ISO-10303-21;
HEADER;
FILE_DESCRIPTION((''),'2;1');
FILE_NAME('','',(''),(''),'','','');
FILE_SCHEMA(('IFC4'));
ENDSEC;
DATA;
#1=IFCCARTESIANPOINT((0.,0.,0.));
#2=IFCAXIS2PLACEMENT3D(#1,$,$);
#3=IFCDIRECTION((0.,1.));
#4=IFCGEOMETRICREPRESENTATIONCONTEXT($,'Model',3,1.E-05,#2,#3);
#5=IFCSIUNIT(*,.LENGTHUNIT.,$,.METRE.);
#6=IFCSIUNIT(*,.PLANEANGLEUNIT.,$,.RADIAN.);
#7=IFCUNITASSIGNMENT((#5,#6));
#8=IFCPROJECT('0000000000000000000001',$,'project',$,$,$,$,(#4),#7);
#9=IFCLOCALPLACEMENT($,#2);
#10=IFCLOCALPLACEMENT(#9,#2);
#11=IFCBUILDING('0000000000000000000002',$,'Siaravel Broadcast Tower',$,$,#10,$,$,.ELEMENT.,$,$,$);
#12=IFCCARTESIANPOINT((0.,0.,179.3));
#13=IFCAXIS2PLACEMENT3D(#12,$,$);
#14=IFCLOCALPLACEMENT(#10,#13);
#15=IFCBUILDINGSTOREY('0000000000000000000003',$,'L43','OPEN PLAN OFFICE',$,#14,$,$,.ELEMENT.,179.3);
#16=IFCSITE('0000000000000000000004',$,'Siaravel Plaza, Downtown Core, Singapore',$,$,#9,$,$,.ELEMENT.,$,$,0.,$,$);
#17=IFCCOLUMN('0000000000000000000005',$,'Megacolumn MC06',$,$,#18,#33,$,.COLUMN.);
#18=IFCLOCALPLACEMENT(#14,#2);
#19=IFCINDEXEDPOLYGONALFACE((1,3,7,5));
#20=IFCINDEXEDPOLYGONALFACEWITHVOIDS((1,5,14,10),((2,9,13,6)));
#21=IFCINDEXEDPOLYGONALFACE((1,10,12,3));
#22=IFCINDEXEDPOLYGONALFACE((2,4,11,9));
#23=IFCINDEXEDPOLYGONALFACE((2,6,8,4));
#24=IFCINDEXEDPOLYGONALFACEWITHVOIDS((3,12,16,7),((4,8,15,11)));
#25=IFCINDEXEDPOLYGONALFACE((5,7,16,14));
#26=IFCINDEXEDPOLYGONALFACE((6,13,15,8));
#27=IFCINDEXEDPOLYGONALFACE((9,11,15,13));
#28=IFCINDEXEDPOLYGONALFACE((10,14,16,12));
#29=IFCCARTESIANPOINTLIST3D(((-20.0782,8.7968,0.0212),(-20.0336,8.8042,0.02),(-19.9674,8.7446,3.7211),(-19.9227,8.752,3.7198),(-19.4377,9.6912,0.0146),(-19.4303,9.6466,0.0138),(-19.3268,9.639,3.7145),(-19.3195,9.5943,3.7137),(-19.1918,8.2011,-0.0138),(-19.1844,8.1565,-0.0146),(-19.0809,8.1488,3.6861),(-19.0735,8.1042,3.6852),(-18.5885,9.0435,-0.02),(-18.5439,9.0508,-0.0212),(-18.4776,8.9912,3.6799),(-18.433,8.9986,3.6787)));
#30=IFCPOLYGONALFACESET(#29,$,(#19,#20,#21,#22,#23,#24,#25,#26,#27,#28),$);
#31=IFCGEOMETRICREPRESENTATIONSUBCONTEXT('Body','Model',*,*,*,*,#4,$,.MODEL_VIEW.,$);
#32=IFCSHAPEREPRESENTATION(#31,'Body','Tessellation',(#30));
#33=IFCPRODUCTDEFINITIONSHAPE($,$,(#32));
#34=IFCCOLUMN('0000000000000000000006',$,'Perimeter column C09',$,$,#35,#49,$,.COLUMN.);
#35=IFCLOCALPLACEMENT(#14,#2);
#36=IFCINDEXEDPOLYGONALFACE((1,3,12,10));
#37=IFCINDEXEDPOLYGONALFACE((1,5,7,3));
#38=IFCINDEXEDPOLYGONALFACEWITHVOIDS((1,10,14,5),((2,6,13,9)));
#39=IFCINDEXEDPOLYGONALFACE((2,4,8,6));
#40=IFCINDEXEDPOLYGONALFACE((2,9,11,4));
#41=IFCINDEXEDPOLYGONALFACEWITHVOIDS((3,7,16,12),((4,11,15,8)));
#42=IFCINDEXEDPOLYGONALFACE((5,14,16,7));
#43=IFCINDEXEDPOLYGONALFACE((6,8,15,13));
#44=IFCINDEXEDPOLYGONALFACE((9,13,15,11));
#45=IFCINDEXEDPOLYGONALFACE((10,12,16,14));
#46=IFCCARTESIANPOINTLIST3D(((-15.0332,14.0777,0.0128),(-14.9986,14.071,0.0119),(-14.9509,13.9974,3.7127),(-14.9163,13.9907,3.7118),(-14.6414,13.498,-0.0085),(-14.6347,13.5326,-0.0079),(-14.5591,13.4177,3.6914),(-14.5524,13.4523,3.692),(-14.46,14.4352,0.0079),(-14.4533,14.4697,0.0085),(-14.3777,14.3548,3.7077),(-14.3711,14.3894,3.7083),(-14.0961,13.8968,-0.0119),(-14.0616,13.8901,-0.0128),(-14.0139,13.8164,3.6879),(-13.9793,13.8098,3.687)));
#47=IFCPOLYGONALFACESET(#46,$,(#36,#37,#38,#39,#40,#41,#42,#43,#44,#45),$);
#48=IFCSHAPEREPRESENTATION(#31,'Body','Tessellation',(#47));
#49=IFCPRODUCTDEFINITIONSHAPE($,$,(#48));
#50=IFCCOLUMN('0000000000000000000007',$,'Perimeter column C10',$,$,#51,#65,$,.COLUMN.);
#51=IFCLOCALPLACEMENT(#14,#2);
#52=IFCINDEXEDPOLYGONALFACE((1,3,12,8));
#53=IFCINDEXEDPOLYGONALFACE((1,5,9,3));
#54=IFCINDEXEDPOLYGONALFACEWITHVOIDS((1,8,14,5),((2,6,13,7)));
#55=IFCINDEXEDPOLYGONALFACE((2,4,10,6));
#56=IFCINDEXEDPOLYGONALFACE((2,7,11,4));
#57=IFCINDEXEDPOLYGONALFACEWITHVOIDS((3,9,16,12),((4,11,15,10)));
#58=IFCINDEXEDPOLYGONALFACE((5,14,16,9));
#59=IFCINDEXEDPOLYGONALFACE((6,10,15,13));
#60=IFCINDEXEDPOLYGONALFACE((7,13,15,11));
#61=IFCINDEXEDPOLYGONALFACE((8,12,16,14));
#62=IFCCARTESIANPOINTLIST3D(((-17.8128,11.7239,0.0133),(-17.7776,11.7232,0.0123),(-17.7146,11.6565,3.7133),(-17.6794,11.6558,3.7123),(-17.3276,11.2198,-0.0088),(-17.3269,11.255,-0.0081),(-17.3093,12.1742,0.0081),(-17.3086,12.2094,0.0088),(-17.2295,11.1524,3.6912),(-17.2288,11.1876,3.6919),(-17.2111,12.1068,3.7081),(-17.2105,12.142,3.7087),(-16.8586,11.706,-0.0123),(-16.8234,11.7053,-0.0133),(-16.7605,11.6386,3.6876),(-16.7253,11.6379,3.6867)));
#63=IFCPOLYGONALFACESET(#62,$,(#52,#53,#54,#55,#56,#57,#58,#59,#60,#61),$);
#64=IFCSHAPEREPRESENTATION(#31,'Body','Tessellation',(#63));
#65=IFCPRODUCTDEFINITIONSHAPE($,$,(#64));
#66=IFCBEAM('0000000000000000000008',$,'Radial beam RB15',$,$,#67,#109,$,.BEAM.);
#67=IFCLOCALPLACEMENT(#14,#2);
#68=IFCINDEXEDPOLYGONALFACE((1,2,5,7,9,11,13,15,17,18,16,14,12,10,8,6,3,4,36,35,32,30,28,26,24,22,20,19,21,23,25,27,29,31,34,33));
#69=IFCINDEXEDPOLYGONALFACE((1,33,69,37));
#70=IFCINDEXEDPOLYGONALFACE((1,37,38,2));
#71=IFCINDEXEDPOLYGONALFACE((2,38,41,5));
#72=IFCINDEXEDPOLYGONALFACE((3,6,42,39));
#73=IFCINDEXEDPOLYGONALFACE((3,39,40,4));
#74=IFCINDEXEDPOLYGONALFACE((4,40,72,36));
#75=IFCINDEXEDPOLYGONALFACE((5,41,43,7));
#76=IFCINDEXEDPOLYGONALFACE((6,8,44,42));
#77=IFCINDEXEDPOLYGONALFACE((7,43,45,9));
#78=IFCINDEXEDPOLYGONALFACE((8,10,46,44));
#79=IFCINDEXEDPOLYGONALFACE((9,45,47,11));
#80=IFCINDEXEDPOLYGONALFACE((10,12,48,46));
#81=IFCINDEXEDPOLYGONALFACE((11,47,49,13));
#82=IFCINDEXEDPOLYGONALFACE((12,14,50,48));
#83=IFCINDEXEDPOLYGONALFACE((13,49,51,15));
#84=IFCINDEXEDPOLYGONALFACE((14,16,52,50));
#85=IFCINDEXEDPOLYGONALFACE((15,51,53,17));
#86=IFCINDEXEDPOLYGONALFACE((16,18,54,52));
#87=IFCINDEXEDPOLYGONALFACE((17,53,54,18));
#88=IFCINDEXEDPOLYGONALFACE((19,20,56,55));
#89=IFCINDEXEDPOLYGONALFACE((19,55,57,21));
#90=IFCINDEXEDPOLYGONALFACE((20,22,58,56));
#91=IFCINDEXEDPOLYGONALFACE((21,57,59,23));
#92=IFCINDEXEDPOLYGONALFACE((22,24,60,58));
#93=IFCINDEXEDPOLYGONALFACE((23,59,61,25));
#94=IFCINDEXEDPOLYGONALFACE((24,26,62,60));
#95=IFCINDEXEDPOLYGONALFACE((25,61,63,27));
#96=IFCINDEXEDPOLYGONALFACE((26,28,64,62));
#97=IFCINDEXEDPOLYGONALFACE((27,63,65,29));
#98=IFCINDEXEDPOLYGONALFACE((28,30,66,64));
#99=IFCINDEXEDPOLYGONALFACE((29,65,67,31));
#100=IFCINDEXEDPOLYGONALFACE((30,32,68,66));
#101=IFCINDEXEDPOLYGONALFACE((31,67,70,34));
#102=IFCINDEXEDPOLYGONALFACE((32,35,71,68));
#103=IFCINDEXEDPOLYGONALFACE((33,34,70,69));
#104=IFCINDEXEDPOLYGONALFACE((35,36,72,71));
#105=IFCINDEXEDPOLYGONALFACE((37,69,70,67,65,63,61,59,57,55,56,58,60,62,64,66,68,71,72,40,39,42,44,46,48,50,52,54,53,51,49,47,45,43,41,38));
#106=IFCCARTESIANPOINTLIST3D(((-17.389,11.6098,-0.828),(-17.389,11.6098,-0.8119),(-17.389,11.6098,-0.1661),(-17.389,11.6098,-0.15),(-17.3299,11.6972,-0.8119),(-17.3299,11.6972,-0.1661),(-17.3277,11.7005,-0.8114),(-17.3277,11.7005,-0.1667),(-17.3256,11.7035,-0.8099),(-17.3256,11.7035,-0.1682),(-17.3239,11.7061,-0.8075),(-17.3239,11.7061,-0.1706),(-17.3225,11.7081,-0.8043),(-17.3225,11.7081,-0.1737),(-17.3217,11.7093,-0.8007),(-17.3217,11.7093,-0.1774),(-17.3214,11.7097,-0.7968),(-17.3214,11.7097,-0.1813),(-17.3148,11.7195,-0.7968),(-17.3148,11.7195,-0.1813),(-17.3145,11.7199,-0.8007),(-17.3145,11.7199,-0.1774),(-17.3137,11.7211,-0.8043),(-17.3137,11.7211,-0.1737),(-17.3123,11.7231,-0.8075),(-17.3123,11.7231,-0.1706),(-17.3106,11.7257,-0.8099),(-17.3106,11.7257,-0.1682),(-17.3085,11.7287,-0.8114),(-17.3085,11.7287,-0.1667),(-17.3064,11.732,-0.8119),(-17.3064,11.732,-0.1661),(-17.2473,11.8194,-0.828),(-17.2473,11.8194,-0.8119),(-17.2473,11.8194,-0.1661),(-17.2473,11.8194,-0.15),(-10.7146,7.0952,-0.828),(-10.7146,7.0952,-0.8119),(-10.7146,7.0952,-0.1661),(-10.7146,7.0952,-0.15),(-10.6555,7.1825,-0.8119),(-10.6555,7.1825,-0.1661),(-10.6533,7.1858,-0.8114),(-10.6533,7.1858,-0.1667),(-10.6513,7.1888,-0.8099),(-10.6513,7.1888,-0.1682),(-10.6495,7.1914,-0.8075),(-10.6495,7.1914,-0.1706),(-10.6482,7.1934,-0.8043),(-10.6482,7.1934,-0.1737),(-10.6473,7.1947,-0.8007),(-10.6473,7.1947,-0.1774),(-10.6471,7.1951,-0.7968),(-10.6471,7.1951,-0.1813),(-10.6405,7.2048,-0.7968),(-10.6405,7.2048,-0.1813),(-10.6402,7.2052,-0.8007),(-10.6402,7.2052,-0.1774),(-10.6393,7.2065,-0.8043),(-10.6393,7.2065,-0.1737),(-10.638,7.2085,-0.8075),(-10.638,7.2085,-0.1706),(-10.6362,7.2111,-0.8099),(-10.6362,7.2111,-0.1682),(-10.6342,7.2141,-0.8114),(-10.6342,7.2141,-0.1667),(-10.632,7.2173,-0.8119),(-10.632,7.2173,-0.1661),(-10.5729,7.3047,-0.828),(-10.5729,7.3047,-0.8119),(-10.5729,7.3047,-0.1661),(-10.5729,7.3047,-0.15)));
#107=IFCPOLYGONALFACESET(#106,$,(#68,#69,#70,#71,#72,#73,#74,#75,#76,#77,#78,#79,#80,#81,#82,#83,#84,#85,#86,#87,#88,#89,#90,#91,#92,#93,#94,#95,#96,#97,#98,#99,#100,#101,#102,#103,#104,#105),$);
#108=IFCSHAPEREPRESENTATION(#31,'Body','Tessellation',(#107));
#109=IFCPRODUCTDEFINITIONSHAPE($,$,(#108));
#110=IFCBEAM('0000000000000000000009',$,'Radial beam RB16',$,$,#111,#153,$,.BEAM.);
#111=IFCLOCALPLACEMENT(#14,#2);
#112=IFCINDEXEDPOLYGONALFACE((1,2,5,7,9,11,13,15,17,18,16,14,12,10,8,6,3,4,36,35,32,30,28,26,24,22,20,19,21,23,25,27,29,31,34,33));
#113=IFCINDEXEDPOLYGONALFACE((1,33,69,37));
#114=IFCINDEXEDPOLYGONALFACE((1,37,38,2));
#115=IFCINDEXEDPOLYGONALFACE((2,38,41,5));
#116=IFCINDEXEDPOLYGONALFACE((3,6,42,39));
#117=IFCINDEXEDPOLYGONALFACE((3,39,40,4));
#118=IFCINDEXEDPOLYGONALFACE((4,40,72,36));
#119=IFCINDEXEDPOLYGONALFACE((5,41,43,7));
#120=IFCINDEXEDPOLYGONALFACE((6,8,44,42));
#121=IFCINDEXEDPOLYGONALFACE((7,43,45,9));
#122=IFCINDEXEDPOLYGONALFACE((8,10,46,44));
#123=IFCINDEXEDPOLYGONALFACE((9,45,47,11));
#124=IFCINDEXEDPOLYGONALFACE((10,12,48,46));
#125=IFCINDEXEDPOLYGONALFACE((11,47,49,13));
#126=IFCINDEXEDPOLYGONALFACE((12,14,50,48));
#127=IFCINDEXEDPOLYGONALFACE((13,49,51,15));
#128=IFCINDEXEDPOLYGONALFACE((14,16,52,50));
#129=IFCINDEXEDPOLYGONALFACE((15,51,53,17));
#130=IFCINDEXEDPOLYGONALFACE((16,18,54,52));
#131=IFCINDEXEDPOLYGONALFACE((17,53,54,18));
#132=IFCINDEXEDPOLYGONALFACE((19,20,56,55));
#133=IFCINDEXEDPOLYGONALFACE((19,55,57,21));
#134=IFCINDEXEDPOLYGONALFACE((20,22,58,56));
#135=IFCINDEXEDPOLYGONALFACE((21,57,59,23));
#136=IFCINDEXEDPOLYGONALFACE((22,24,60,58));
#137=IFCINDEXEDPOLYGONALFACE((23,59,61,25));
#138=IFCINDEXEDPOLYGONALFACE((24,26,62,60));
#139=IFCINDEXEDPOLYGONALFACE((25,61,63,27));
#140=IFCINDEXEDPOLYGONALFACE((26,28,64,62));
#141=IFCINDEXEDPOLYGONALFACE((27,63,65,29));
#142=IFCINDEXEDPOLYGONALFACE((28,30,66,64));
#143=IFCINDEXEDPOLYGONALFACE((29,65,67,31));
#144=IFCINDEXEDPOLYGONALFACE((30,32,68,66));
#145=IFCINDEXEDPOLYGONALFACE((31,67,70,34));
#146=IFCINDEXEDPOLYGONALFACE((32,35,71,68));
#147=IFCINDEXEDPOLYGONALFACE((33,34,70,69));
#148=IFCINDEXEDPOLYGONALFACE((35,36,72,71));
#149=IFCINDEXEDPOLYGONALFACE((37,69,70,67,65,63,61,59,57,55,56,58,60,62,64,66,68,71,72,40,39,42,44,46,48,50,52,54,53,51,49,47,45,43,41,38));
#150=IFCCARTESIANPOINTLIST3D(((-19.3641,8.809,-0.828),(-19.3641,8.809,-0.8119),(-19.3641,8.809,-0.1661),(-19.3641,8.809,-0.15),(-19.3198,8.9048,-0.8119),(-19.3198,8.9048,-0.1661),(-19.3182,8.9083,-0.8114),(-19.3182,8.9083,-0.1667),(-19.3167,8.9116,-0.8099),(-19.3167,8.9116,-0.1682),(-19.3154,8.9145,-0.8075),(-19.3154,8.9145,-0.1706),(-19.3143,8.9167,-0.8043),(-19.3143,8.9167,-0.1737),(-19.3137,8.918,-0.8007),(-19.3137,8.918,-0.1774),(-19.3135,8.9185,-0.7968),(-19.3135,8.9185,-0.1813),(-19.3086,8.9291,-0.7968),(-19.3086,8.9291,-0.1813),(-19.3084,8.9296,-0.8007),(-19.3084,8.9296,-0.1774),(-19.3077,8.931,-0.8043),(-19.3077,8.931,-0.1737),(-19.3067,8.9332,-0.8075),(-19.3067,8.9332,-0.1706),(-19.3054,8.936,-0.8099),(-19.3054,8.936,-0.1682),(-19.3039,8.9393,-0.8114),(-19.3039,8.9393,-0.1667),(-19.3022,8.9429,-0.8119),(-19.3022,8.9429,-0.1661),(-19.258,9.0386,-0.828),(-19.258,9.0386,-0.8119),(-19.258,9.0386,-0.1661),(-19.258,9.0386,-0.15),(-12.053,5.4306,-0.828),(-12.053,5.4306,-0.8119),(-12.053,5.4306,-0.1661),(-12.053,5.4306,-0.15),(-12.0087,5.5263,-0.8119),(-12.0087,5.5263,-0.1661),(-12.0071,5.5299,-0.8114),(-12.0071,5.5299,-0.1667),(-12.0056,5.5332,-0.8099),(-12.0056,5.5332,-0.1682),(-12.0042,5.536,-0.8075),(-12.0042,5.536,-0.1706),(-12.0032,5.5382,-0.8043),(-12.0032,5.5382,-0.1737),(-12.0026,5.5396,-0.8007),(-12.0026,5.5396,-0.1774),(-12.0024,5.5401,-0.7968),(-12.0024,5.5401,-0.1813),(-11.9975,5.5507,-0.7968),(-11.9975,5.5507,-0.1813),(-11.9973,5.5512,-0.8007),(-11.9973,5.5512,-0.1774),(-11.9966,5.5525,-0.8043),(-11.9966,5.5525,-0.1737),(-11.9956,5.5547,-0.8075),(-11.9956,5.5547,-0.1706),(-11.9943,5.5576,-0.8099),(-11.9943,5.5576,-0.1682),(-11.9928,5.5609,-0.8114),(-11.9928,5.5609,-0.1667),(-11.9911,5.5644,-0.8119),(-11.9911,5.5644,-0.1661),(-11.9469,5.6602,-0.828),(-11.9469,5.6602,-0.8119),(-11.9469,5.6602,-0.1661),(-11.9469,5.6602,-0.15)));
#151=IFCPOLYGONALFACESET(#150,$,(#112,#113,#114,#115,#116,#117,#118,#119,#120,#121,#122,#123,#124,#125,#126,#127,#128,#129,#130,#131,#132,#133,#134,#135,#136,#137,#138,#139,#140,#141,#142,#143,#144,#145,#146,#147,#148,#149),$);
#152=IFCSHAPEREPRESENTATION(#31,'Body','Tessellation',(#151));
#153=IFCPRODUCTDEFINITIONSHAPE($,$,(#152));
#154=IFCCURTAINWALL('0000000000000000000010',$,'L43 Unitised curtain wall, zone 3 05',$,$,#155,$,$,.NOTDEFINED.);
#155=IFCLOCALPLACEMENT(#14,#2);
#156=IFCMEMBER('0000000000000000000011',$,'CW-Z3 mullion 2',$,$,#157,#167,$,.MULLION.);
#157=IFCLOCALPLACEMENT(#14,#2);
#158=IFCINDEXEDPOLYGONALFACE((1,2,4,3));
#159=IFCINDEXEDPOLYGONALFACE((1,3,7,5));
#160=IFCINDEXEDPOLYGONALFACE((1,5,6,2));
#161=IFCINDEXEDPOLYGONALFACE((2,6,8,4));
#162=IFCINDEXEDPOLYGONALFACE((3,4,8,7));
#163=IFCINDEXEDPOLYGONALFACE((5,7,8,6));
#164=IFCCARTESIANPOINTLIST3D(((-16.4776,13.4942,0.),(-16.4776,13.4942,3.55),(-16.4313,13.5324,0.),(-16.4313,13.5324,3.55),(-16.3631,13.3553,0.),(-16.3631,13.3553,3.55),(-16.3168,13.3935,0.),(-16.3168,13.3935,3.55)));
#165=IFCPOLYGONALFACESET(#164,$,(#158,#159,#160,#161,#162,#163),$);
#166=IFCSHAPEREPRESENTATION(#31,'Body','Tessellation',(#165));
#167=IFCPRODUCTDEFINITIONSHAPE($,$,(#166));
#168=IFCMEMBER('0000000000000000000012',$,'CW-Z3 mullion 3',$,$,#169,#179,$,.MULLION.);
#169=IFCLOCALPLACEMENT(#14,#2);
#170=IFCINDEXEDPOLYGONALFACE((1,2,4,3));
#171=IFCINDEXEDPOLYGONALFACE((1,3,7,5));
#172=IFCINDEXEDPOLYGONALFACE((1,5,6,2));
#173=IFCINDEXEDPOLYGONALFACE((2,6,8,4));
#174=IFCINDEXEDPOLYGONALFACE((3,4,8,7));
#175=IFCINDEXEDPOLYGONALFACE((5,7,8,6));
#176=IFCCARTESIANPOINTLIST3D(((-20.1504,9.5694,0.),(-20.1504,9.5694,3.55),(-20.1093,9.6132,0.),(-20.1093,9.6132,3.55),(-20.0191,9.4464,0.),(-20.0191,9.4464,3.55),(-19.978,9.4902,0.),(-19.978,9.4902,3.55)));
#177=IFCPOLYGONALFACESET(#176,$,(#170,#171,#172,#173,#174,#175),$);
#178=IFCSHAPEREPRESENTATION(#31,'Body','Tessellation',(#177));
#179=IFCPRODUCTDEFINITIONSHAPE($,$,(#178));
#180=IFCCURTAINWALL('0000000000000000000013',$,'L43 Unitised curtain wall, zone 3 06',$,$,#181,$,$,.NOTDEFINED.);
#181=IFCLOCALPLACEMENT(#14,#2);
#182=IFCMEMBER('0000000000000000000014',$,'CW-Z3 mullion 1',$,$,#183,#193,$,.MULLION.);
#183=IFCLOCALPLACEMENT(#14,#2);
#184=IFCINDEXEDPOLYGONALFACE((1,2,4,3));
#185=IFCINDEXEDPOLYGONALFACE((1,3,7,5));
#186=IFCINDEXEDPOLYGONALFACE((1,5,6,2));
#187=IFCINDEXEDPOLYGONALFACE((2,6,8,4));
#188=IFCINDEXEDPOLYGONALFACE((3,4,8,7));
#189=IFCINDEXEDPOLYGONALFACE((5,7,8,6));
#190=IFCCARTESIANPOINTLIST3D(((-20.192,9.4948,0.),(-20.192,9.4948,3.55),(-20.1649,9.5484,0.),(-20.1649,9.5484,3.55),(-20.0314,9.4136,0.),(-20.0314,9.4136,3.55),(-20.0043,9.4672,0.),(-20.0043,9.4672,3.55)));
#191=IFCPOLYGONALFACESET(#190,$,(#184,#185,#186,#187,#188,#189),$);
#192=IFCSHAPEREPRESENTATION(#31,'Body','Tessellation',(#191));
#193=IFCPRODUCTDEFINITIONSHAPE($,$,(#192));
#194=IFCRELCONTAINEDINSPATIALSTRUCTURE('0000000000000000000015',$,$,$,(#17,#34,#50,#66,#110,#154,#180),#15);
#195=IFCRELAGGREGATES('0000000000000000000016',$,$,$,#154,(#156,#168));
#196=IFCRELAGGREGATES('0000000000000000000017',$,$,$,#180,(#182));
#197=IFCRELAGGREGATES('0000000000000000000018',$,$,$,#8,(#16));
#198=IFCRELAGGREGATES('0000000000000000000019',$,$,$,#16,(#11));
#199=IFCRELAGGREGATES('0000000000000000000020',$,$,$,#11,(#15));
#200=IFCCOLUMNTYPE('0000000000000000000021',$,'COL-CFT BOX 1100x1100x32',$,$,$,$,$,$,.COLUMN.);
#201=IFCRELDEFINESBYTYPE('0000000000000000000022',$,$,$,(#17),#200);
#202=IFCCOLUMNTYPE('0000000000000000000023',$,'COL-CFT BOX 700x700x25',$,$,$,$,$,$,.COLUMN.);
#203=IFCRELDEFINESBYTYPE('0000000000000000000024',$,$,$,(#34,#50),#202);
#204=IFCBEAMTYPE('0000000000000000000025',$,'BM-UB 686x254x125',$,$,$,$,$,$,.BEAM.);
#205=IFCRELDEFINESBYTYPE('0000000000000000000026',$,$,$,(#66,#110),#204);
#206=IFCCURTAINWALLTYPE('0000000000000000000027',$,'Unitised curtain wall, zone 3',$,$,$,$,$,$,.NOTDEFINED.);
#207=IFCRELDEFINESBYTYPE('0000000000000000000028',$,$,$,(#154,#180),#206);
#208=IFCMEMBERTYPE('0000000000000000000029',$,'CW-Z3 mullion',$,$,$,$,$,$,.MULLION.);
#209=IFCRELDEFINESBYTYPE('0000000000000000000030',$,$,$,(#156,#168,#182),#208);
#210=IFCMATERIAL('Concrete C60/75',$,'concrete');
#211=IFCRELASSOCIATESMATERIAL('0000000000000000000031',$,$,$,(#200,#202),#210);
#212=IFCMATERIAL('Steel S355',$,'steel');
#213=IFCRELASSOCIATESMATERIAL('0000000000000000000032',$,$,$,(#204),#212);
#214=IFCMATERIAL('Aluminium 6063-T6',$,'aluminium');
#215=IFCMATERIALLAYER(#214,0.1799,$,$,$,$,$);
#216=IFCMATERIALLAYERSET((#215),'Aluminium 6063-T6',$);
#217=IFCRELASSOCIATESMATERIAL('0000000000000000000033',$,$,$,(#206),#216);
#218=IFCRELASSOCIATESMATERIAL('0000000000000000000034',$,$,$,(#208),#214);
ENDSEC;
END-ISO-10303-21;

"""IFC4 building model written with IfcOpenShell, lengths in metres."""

from ifc_helpers import new_model, si_unit, direction, frame, origin, origin_2d, place, context, subcontext, project, spatial, rectangle, hollow_rectangle, i_section, extrude, material, layer, layer_set, material_profile, profile_set, type_object, element, aggregate, save


model = new_model("IFC4")

# Units and contexts
model_context = context("Model", 3, precision=1e-05, world=origin(), true_north=direction((0.0, 1.0)))
body_context = subcontext(model_context, "Body", "Model", "MODEL_VIEW")
ifc_project = project(units=[si_unit("LENGTHUNIT", "METRE"), si_unit("PLANEANGLEUNIT", "RADIAN")], contexts=[model_context])

# Site, building, storey
site_placement = place(None, origin())
site = spatial("IfcSite", under=ifc_project, at=site_placement, Name="Siaravel Plaza, Downtown Core, Singapore", CompositionType="ELEMENT", RefElevation=0.0)
building_placement = place(site_placement, origin())
building = spatial("IfcBuilding", under=site, at=building_placement, Name="Siaravel Broadcast Tower", CompositionType="ELEMENT")
storey_placement = place(building_placement, frame((0.0, 0.0, 179.3)))
storey = spatial("IfcBuildingStorey", under=building, at=storey_placement, Name="L43", Description="OPEN PLAN OFFICE", CompositionType="ELEMENT", Elevation=179.3)

# Columns
ifc_material_1 = material(Name="Concrete C60/75", Category="concrete")
ifc_material_profile_1 = material_profile(ifc_material_1, hollow_rectangle(XDim=1.1001, YDim=1.1001, WallThickness=0.032, at=origin_2d()))
ifc_profile_set_1 = profile_set([ifc_material_profile_1], Name="Concrete C60/75")
column_type_1 = type_object("IfcColumnType", Name="COL-CFT BOX 1100x1100x32", PredefinedType="COLUMN", material=ifc_profile_set_1)
column_1_placement = place(storey_placement, frame((-19.311, 8.9238, 0.0), z_axis=(0.029941, -0.014113, 0.999452), x_axis=(0.582226, 0.813005, -0.005962)))
element("IfcColumn", 1, at=column_1_placement, inside=storey, type_object=column_type_1, Name="Megacolumn MC06", PredefinedType="COLUMN", context=body_context, shape_type="SweptSolid", body=[
    extrude(hollow_rectangle(XDim=1.1001, YDim=1.1001, WallThickness=0.032, at=origin_2d()), origin(), (0.0, 0.0, 1.0), 3.7019),
])
ifc_material_profile_2 = material_profile(ifc_material_1, hollow_rectangle(XDim=0.7, YDim=0.7, WallThickness=0.0249, at=origin_2d()))
ifc_profile_set_2 = profile_set([ifc_material_profile_2], Name="Concrete C60/75")
column_type_2 = type_object("IfcColumnType", Name="COL-CFT BOX 700x700x25", PredefinedType="COLUMN", material=ifc_profile_set_2)
column_2_placement = place(storey_placement, frame((-14.5474, 13.9839, 0.0), z_axis=(0.022226, -0.021699, 0.999517), x_axis=(0.828399, 0.560103, -0.006262)))
element("IfcColumn", 2, at=column_2_placement, inside=storey, type_object=column_type_2, Name="Perimeter column C09", PredefinedType="COLUMN", context=body_context, shape_type="SweptSolid", body=[
    extrude(hollow_rectangle(XDim=0.7, YDim=0.7, WallThickness=0.0249, at=origin_2d()), origin(), (0.0, 0.0, 1.0), 3.7017),
])
column_3_placement = place(storey_placement, frame((-17.3181, 11.7146, 0.0), z_axis=(0.026512, -0.018202, 0.999483), x_axis=(0.720311, 0.693622, -0.006475)))
element("IfcColumn", 3, at=column_3_placement, inside=storey, type_object=column_type_2, Name="Perimeter column C10", PredefinedType="COLUMN", context=body_context, shape_type="SweptSolid", body=[
    extrude(hollow_rectangle(XDim=0.7, YDim=0.7, WallThickness=0.0249, at=origin_2d()), origin(), (0.0, 0.0, 1.0), 3.7019),
])

# Beams
ifc_material_2 = material(Name="Steel S355", Category="steel")
ifc_material_profile_3 = material_profile(ifc_material_2, i_section(OverallWidth=0.2529, OverallDepth=0.678, WebThickness=0.0117, FlangeThickness=0.0161, FilletRadius=0.0151, at=origin_2d()))
ifc_profile_set_3 = profile_set([ifc_material_profile_3], Name="Steel S355")
beam_type = type_object("IfcBeamType", Name="BM-UB 686x254x125", PredefinedType="BEAM", material=ifc_profile_set_3)
beam_1_placement = place(storey_placement, frame((-17.3181, 11.7146, -0.489), z_axis=(0.828302, -0.560281, 0.0), x_axis=(0.560281, 0.828302, 0.0)))
element("IfcBeam", 4, at=beam_1_placement, inside=storey, type_object=beam_type, Name="Radial beam RB15", PredefinedType="BEAM", context=body_context, shape_type="SweptSolid", body=[
    extrude(i_section(OverallWidth=0.2529, OverallDepth=0.678, WebThickness=0.0117, FlangeThickness=0.0161, FilletRadius=0.0151, at=origin_2d()), origin(), (0.0, 0.0, 1.0), 8.0579),
])
beam_2_placement = place(storey_placement, frame((-19.311, 8.9238, -0.489), z_axis=(0.907766, -0.419477, 0.0), x_axis=(0.419477, 0.907766, 0.0)))
element("IfcBeam", 5, at=beam_2_placement, inside=storey, type_object=beam_type, Name="Radial beam RB16", PredefinedType="BEAM", context=body_context, shape_type="SweptSolid", body=[
    extrude(i_section(OverallWidth=0.2529, OverallDepth=0.678, WebThickness=0.0117, FlangeThickness=0.0161, FilletRadius=0.0151, at=origin_2d()), origin(), (0.0, 0.0, 1.0), 8.054),
])

# Curtain wall, members
ifc_material_3 = material(Name="Aluminium 6063-T6", Category="aluminium")
ifc_layer_1 = layer(ifc_material_3, 0.1799)
ifc_layer_set_1 = layer_set([ifc_layer_1], Name="Aluminium 6063-T6")
curtain_wall_type = type_object("IfcCurtainWallType", Name="Unitised curtain wall, zone 3", PredefinedType="NOTDEFINED", material=ifc_layer_set_1)
curtain_wall_1_placement = place(storey_placement, origin())
curtain_wall_1 = element("IfcCurtainWall", 6, at=curtain_wall_1_placement, inside=storey, type_object=curtain_wall_type, Name="L43 Unitised curtain wall, zone 3 05", PredefinedType="NOTDEFINED")
ifc_material_profile_4 = material_profile(ifc_material_3, rectangle(XDim=0.1799, YDim=0.0601, at=origin_2d()))
ifc_profile_set_4 = profile_set([ifc_material_profile_4], Name="Aluminium 6063-T6")
member_type_1 = type_object("IfcMemberType", Name="CW-Z3 mullion", PredefinedType="MULLION", material=ifc_profile_set_4)
member_1_placement = place(storey_placement, frame((-16.3972, 13.4438, 0.0), z_axis=(0.0, 0.0, 1.0), x_axis=(0.636218, -0.771509, 0.0)))
member_1 = element("IfcMember", 7, at=member_1_placement, type_object=member_type_1, Name="CW-Z3 mullion 2", PredefinedType="MULLION", context=body_context, shape_type="SweptSolid", body=[
    extrude(rectangle(XDim=0.1799, YDim=0.0601, at=origin_2d()), origin(), (0.0, 0.0, 1.0), 3.55),
])
member_2_placement = place(storey_placement, frame((-20.0642, 9.5298, 0.0), z_axis=(0.0, 0.0, 1.0), x_axis=(0.729805, -0.683655, 0.0)))
member_2 = element("IfcMember", 8, at=member_2_placement, type_object=member_type_1, Name="CW-Z3 mullion 3", PredefinedType="MULLION", context=body_context, shape_type="SweptSolid", body=[
    extrude(rectangle(XDim=0.1799, YDim=0.0601, at=origin_2d()), origin(), (0.0, 0.0, 1.0), 3.55),
])

# Curtain wall, member
curtain_wall_2_placement = place(storey_placement, origin())
curtain_wall_2 = element("IfcCurtainWall", 9, at=curtain_wall_2_placement, inside=storey, type_object=curtain_wall_type, Name="L43 Unitised curtain wall, zone 3 06", PredefinedType="NOTDEFINED")
member_3_placement = place(storey_placement, frame((-20.0981, 9.481, 0.0), z_axis=(0.0, 0.0, 1.0), x_axis=(0.892392, -0.451261, 0.0)))
member_3 = element("IfcMember", 10, at=member_3_placement, type_object=member_type_1, Name="CW-Z3 mullion 1", PredefinedType="MULLION", context=body_context, shape_type="SweptSolid", body=[
    extrude(rectangle(XDim=0.1799, YDim=0.0601, at=origin_2d()), origin(), (0.0, 0.0, 1.0), 3.55),
])

aggregate(curtain_wall_1, [member_1, member_2])
aggregate(curtain_wall_2, [member_3])

save(model, "model.ifc")
